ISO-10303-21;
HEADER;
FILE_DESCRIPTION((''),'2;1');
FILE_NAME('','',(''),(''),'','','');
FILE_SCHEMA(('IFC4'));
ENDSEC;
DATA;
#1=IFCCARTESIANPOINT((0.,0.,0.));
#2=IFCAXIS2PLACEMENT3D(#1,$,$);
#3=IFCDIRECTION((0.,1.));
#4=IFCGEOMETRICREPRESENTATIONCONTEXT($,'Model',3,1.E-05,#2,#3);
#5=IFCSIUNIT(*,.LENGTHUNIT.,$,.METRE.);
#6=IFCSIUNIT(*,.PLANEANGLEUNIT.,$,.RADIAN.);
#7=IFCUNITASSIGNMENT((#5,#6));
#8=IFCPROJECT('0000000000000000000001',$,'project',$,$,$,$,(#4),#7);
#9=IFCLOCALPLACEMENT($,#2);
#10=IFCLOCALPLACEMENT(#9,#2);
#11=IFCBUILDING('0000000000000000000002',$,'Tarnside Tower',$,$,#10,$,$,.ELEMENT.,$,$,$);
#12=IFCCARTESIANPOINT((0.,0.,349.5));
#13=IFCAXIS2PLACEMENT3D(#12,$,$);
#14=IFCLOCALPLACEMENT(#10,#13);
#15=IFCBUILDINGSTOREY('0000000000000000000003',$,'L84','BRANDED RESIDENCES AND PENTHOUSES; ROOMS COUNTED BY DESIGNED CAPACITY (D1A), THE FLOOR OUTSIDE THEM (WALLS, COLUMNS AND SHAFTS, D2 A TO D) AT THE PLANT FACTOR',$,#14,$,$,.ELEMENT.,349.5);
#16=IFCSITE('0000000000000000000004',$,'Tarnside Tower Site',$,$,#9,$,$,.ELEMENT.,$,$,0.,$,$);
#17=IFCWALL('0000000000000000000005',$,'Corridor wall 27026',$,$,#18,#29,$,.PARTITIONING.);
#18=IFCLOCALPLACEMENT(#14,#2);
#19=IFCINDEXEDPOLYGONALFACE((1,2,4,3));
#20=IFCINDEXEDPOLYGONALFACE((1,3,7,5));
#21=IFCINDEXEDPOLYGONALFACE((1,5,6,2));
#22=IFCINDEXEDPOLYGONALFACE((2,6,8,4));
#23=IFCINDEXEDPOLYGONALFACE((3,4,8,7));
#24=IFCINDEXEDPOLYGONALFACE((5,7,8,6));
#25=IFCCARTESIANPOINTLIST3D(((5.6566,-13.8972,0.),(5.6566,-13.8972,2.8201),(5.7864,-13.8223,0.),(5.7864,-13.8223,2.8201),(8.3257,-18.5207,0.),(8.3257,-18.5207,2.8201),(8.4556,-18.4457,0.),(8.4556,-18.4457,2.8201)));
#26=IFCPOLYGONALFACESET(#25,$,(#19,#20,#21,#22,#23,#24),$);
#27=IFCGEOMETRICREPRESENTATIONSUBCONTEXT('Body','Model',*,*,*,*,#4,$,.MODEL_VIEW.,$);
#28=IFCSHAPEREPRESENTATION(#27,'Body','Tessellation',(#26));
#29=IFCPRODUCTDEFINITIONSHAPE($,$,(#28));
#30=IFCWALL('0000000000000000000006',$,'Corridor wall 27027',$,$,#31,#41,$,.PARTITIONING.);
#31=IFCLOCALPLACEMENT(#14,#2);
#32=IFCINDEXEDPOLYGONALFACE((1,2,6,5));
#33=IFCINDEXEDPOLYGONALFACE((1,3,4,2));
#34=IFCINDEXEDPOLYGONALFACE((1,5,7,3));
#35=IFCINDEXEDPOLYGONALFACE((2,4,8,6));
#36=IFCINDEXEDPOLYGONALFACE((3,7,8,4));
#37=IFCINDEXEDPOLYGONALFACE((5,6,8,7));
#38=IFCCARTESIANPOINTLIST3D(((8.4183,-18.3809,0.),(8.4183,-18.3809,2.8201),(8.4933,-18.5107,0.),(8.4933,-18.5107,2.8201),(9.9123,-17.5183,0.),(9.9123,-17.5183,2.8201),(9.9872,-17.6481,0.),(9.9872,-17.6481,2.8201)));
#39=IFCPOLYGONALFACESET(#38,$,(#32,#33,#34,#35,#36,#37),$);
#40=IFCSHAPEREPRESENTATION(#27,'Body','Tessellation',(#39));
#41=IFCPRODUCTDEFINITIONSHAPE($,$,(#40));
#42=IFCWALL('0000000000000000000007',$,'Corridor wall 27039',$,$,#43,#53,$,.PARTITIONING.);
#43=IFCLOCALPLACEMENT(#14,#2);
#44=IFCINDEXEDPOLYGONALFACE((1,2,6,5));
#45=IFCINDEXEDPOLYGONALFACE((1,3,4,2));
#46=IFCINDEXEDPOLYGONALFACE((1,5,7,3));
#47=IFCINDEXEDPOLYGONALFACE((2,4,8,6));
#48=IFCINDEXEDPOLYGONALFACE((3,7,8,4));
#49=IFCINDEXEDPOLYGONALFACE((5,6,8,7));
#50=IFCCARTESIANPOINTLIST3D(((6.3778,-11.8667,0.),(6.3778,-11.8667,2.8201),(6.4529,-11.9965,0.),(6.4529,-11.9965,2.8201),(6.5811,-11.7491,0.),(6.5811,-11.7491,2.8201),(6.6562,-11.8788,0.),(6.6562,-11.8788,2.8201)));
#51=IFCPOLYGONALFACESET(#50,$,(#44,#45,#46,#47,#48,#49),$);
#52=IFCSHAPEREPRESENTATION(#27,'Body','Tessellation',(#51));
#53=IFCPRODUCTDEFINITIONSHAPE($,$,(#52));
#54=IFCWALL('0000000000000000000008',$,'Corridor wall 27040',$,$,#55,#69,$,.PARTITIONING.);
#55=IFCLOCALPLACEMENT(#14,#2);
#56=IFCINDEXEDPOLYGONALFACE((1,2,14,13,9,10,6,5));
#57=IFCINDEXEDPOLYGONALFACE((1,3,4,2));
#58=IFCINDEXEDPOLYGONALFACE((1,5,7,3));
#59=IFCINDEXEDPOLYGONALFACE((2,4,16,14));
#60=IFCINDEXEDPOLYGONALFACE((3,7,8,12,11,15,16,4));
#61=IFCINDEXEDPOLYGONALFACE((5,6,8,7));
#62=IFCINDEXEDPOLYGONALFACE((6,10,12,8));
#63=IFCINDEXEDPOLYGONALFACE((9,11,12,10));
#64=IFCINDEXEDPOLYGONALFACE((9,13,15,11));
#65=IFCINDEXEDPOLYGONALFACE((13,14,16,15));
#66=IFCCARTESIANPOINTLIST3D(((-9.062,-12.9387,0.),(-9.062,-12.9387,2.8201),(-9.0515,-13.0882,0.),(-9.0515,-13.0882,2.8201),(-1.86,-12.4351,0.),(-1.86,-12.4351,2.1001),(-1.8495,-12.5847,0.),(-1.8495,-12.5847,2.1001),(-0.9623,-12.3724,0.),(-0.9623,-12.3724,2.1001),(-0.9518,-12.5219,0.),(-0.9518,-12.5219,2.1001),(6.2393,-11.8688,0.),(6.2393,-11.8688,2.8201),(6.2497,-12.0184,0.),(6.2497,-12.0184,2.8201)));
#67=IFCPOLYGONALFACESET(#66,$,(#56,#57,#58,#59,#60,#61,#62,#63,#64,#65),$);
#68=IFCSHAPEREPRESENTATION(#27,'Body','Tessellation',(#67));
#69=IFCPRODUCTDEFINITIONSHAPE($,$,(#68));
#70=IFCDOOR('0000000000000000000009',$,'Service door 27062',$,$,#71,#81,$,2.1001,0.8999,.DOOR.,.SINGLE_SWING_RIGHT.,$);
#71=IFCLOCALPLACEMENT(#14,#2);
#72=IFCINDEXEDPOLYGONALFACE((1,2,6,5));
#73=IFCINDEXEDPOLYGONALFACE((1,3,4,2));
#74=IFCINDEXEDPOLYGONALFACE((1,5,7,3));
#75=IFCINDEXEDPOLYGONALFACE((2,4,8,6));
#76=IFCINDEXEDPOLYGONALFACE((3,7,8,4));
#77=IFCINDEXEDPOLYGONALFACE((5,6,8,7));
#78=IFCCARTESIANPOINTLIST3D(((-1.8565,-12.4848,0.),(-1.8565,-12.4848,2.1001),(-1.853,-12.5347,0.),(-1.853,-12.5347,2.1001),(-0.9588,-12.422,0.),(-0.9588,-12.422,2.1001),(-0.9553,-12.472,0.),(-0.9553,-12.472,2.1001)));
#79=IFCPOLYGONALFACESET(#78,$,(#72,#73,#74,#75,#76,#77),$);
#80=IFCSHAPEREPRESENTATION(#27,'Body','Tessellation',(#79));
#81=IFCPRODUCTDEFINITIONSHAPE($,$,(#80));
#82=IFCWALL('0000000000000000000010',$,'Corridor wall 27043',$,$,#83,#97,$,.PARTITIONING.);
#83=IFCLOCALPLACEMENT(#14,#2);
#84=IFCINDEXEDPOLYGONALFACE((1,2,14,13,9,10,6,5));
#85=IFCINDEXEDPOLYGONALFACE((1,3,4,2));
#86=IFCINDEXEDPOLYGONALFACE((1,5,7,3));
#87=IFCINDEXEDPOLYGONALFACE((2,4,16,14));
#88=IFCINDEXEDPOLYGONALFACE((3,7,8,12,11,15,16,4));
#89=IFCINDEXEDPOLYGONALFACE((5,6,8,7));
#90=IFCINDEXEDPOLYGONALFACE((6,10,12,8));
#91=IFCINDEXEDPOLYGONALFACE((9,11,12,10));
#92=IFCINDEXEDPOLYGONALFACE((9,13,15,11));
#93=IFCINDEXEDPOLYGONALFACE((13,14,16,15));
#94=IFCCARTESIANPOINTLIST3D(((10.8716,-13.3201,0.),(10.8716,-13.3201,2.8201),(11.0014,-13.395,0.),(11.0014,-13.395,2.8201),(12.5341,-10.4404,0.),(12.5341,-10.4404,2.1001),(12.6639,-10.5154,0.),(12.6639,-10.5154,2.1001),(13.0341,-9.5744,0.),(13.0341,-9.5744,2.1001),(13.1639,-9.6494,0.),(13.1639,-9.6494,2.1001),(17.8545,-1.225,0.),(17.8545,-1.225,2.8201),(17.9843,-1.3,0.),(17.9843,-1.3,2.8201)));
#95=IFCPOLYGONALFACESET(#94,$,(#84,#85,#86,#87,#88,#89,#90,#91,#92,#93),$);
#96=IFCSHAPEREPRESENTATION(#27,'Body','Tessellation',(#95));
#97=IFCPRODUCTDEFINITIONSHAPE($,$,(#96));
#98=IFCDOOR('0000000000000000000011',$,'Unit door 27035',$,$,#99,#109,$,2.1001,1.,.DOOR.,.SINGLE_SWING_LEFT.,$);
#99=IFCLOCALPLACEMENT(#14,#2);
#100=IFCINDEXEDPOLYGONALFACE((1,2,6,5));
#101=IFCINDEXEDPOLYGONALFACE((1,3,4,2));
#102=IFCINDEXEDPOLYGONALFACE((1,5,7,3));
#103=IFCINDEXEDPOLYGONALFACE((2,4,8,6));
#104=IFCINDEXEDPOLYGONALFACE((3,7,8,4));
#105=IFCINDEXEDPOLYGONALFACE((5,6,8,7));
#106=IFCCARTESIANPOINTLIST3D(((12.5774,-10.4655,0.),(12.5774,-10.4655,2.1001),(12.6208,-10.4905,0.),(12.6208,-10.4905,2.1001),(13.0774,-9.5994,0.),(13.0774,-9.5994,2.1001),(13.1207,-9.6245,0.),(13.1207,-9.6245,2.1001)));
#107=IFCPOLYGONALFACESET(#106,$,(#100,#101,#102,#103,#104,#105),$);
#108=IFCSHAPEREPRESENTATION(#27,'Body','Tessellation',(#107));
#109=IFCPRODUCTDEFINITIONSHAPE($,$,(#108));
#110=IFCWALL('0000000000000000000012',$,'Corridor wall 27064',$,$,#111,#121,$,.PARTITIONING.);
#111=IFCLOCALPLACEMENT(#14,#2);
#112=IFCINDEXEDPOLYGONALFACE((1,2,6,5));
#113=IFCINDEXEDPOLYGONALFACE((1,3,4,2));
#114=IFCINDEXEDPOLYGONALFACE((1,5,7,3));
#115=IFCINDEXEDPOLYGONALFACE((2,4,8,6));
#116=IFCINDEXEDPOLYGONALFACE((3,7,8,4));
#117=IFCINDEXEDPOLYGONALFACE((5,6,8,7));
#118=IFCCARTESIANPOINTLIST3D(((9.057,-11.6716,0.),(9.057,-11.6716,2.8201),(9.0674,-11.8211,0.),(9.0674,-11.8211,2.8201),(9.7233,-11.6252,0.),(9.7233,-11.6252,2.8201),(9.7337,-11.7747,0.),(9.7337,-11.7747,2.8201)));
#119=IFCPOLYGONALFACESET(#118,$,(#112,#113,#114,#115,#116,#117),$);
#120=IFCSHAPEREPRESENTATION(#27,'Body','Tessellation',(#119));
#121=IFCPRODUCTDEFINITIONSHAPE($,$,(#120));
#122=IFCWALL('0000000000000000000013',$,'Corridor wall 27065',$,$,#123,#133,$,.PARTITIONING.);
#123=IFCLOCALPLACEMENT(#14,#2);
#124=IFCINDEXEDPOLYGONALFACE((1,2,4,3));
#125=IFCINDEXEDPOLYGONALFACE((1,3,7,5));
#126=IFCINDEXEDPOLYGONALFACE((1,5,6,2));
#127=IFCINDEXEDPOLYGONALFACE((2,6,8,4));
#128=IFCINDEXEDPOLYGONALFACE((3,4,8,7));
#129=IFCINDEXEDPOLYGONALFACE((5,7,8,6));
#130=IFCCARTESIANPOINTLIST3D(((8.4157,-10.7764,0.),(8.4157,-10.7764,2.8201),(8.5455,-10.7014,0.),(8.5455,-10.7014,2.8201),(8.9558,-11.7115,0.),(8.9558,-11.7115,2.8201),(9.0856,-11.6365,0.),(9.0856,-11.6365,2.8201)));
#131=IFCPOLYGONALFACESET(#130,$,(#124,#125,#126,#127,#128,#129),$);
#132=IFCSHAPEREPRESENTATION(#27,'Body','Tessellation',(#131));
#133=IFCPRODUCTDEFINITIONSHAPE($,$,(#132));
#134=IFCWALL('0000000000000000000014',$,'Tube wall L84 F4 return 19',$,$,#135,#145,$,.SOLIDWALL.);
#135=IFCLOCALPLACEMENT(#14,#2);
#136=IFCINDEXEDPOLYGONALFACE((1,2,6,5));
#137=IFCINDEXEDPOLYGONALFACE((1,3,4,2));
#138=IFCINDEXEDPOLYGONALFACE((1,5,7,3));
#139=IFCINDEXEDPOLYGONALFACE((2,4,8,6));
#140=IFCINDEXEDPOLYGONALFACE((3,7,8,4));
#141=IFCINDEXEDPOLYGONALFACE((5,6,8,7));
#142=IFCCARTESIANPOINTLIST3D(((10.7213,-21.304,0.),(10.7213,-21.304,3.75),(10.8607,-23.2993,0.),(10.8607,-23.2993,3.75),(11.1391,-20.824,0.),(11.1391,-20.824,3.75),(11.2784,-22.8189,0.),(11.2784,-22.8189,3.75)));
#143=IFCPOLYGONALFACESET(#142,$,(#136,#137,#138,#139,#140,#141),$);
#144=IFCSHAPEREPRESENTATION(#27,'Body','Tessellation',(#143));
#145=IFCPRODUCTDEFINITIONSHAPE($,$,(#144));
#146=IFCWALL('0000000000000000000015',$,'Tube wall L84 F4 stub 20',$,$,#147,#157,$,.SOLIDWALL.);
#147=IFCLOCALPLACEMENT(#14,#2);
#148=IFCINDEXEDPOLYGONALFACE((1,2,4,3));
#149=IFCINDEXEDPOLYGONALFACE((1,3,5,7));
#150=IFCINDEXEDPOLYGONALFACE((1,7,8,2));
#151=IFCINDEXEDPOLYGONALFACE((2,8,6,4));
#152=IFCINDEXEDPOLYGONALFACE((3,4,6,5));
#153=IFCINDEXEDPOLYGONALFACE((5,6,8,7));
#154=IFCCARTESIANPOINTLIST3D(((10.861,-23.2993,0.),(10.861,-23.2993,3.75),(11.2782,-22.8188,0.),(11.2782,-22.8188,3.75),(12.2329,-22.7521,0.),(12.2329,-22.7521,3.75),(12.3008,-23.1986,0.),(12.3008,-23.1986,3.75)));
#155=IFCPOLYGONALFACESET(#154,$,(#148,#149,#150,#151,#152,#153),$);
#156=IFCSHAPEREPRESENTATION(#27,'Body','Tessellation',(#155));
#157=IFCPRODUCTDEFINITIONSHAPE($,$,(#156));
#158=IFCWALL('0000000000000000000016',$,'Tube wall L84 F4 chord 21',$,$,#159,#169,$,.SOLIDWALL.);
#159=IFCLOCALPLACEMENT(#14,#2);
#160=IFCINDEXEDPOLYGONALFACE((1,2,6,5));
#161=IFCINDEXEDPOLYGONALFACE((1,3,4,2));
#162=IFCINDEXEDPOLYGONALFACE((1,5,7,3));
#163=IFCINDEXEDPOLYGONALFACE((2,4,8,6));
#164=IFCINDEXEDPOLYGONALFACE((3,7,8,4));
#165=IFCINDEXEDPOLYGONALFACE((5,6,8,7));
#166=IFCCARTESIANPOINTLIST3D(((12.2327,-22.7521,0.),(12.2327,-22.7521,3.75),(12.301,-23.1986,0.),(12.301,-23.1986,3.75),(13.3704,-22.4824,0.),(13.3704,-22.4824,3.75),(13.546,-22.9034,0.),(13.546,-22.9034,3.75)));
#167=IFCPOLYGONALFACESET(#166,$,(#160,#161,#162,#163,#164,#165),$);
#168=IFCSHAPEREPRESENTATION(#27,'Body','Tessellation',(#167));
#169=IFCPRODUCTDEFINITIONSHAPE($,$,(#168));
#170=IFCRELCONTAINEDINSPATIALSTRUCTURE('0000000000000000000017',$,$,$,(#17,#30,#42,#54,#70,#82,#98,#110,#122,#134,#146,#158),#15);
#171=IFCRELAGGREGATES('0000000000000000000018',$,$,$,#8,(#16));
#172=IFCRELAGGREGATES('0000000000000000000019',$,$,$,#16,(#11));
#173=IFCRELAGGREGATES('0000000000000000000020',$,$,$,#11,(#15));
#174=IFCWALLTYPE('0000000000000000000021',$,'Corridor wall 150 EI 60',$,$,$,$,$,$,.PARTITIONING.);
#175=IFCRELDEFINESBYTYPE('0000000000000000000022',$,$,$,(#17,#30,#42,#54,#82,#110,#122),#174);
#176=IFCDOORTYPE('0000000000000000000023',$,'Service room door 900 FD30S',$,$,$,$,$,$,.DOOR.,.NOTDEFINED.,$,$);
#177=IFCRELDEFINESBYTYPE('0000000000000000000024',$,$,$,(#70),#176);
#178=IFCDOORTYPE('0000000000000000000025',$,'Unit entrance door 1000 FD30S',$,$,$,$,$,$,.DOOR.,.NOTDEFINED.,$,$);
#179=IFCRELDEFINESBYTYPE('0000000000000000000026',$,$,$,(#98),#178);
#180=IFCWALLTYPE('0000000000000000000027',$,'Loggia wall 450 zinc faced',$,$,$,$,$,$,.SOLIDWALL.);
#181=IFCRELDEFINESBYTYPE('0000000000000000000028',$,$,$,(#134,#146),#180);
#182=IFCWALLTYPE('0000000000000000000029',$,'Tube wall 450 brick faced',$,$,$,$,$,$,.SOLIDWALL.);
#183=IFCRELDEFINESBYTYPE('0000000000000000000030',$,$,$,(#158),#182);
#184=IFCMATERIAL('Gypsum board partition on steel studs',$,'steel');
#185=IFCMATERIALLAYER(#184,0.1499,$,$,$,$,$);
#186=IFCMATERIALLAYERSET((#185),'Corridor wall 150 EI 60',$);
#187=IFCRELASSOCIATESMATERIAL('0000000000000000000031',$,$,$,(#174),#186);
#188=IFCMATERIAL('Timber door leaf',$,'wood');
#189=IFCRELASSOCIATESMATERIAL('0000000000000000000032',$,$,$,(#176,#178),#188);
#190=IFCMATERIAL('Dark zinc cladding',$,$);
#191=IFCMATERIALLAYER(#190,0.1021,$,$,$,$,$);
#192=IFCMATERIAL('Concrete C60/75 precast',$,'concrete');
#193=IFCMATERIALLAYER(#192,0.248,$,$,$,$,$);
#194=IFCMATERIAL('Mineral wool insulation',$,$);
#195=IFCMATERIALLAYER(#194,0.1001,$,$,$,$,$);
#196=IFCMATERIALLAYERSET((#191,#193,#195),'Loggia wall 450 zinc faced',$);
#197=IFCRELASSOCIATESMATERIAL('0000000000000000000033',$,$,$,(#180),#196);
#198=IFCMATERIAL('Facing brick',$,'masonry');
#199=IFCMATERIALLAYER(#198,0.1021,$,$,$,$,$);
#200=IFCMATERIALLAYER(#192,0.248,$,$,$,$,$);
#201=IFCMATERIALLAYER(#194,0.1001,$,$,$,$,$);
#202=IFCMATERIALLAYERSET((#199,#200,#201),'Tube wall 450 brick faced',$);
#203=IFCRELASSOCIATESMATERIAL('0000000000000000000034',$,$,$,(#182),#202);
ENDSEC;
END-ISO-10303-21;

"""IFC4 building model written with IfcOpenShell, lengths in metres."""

from ifc_helpers import new_model, si_unit, direction, frame, frame_2d, origin, place, context, subcontext, project, spatial, polyline, rectangle, outline, extrude, material, layer, layer_set, type_object, element, fill, save


model = new_model("IFC4")

# Units and contexts
model_context = context("Model", 3, precision=1e-05, world=origin(), true_north=direction((0.0, 1.0)))
body_context = subcontext(model_context, "Body", "Model", "MODEL_VIEW")
ifc_project = project(units=[si_unit("LENGTHUNIT", "METRE"), si_unit("PLANEANGLEUNIT", "RADIAN")], contexts=[model_context])

# Site, building, storey
site_placement = place(None, origin())
site = spatial("IfcSite", under=ifc_project, at=site_placement, Name="Tarnside Tower Site", CompositionType="ELEMENT", RefElevation=0.0)
building_placement = place(site_placement, origin())
building = spatial("IfcBuilding", under=site, at=building_placement, Name="Tarnside Tower", CompositionType="ELEMENT")
storey_placement = place(building_placement, frame((0.0, 0.0, 349.5)))
storey = spatial("IfcBuildingStorey", under=building, at=storey_placement, Name="L84", Description="BRANDED RESIDENCES AND PENTHOUSES; ROOMS COUNTED BY DESIGNED CAPACITY (D1A), THE FLOOR OUTSIDE THEM (WALLS, COLUMNS AND SHAFTS, D2 A TO D) AT THE PLANT FACTOR", CompositionType="ELEMENT", Elevation=349.5)

# Walls
ifc_material_1 = material(Name="Gypsum board partition on steel studs", Category="steel")
ifc_layer_1 = layer(ifc_material_1, 0.1499)
ifc_layer_set_1 = layer_set([ifc_layer_1], Name="Corridor wall 150 EI 60")
wall_type_1 = type_object("IfcWallType", Name="Corridor wall 150 EI 60", PredefinedType="PARTITIONING", material=ifc_layer_set_1)
wall_1_placement = place(storey_placement, frame((5.7214, -13.8596, 0.0), z_axis=(0.0, 0.0, 1.0), x_axis=(0.499971, -0.866042, 0.0)))
element("IfcWall", 1, at=wall_1_placement, inside=storey, type_object=wall_type_1, Name="Corridor wall 27026", PredefinedType="PARTITIONING", context=body_context, shape_type="SweptSolid", body=[
    extrude(rectangle(XDim=5.3386, YDim=0.1499, at=frame_2d((2.6694, 0.0))), origin(), (0.0, 0.0, 1.0), 2.8201),
])
wall_2_placement = place(storey_placement, frame((8.4558, -18.4458, 0.0), z_axis=(0.0, 0.0, 1.0), x_axis=(0.866014, 0.500021, 0.0)))
element("IfcWall", 2, at=wall_2_placement, inside=storey, type_object=wall_type_1, Name="Corridor wall 27027", PredefinedType="PARTITIONING", context=body_context, shape_type="SweptSolid", body=[
    extrude(rectangle(XDim=1.7251, YDim=0.1499, at=frame_2d((0.8625, 0.0))), origin(), (0.0, 0.0, 1.0), 2.8201),
])
wall_3_placement = place(storey_placement, frame((6.6187, -11.814, 0.0), z_axis=(0.0, 0.0, 1.0), x_axis=(-0.865545, -0.500831, 0.0)))
element("IfcWall", 3, at=wall_3_placement, inside=storey, type_object=wall_type_1, Name="Corridor wall 27039", PredefinedType="PARTITIONING", context=body_context, shape_type="SweptSolid", body=[
    extrude(rectangle(XDim=0.2349, YDim=0.1499, at=frame_2d((0.1174, 0.0))), origin(), (0.0, 0.0, 1.0), 2.8201),
])

# Walls, openings, doors
wall_4_placement = place(storey_placement, frame((6.2446, -11.9436, 0.0), z_axis=(0.0, 0.0, 1.0), x_axis=(-0.997565, -0.069747, 0.0)))
wall_4 = element("IfcWall", 4, at=wall_4_placement, inside=storey, type_object=wall_type_1, Name="Corridor wall 27040", PredefinedType="PARTITIONING", context=body_context, shape_type="SweptSolid", body=[
    extrude(rectangle(XDim=15.3386, YDim=0.1499, at=frame_2d((7.6694, 0.0))), origin(), (0.0, 0.0, 1.0), 2.8201),
])
opening_1_placement = place(wall_4_placement, frame((7.2192, 0.0, 0.0)))
opening_1 = element("IfcOpeningElement", 5, at=opening_1_placement, cuts=wall_4, PredefinedType="OPENING", context=body_context, shape_type="SweptSolid", body=[
    extrude(rectangle(XDim=0.8999, YDim=2.1001, at=frame_2d((0.45, 1.05))), frame((0.0, 0.085, 0.0), z_axis=(0.0, -1.0, 0.0), x_axis=(1.0, 0.0, 0.0)), (0.0, 0.0, 1.0), 0.1699),
])
ifc_material_2 = material(Name="Timber door leaf", Category="wood")
door_type_1 = type_object("IfcDoorType", Name="Service room door 900 FD30S", OperationType="NOTDEFINED", PredefinedType="DOOR", material=ifc_material_2)
door_1_placement = place(opening_1_placement, origin())
door_1 = element("IfcDoor", 6, at=door_1_placement, inside=storey, type_object=door_type_1, Name="Service door 27062", OperationType="SINGLE_SWING_RIGHT", OverallHeight=2.1001, OverallWidth=0.8999, PredefinedType="DOOR", context=body_context, shape_type="SweptSolid", body=[
    extrude(rectangle(XDim=0.8999, YDim=2.1001, at=frame_2d((0.45, 1.05))), frame((0.0, 0.0249, 0.0), z_axis=(0.0, -1.0, 0.0), x_axis=(1.0, 0.0, 0.0)), (0.0, 0.0, 1.0), 0.05),
])
fill(opening_1, door_1)
wall_5_placement = place(storey_placement, frame((10.9365, -13.3574, 0.0), z_axis=(0.0, 0.0, 1.0), x_axis=(0.499993, 0.866029, 0.0)))
wall_5 = element("IfcWall", 7, at=wall_5_placement, inside=storey, type_object=wall_type_1, Name="Corridor wall 27043", PredefinedType="PARTITIONING", context=body_context, shape_type="SweptSolid", body=[
    extrude(rectangle(XDim=13.9661, YDim=0.1499, at=frame_2d((6.9829, 0.0))), origin(), (0.0, 0.0, 1.0), 2.8201),
])
opening_2_placement = place(wall_5_placement, frame((3.325, 0.0, 0.0)))
opening_2 = element("IfcOpeningElement", 8, at=opening_2_placement, cuts=wall_5, PredefinedType="OPENING", context=body_context, shape_type="SweptSolid", body=[
    extrude(rectangle(XDim=1.0, YDim=2.1001, at=frame_2d((0.5, 1.05))), frame((0.0, 0.085, 0.0), z_axis=(0.0, -1.0, 0.0), x_axis=(1.0, 0.0, 0.0)), (0.0, 0.0, 1.0), 0.1699),
])
door_type_2 = type_object("IfcDoorType", Name="Unit entrance door 1000 FD30S", OperationType="NOTDEFINED", PredefinedType="DOOR", material=ifc_material_2)
door_2_placement = place(opening_2_placement, origin())
door_2 = element("IfcDoor", 9, at=door_2_placement, inside=storey, type_object=door_type_2, Name="Unit door 27035", OperationType="SINGLE_SWING_LEFT", OverallHeight=2.1001, OverallWidth=1.0, PredefinedType="DOOR", context=body_context, shape_type="SweptSolid", body=[
    extrude(rectangle(XDim=1.0, YDim=2.1001, at=frame_2d((0.5, 1.05))), frame((0.0, 0.0249, 0.0), z_axis=(0.0, -1.0, 0.0), x_axis=(1.0, 0.0, 0.0)), (0.0, 0.0, 1.0), 0.05),
])
fill(opening_2, door_2)

# Walls
wall_6_placement = place(storey_placement, frame((9.7285, -11.7, 0.0), z_axis=(0.0, 0.0, 1.0), x_axis=(-0.997585, -0.069454, 0.0)))
element("IfcWall", 10, at=wall_6_placement, inside=storey, type_object=wall_type_1, Name="Corridor wall 27064", PredefinedType="PARTITIONING", context=body_context, shape_type="SweptSolid", body=[
    extrude(rectangle(XDim=0.668, YDim=0.1499, at=frame_2d((0.334, 0.0))), origin(), (0.0, 0.0, 1.0), 2.8201),
])
wall_7_placement = place(storey_placement, frame((9.0208, -11.6741, 0.0), z_axis=(0.0, 0.0, 1.0), x_axis=(-0.500127, 0.865952, 0.0)))
element("IfcWall", 11, at=wall_7_placement, inside=storey, type_object=wall_type_1, Name="Corridor wall 27065", PredefinedType="PARTITIONING", context=body_context, shape_type="SweptSolid", body=[
    extrude(rectangle(XDim=1.0798, YDim=0.1499, at=frame_2d((0.54, 0.0))), origin(), (0.0, 0.0, 1.0), 2.8201),
])
ifc_material_3 = material(Name="Dark zinc cladding")
ifc_layer_2 = layer(ifc_material_3, 0.1021)
ifc_material_4 = material(Name="Concrete C60/75 precast", Category="concrete")
ifc_layer_3 = layer(ifc_material_4, 0.248)
ifc_material_5 = material(Name="Mineral wool insulation")
ifc_layer_4 = layer(ifc_material_5, 0.1001)
ifc_layer_set_2 = layer_set([ifc_layer_2, ifc_layer_3, ifc_layer_4], Name="Loggia wall 450 zinc faced")
wall_type_2 = type_object("IfcWallType", Name="Loggia wall 450 zinc faced", PredefinedType="SOLIDWALL", material=ifc_layer_set_2)
wall_8_placement = place(storey_placement, frame((10.9302, -21.064, 0.0), z_axis=(0.0, 0.0, 1.0), x_axis=(0.069703, -0.997568, 0.0)))
element("IfcWall", 12, at=wall_8_placement, inside=storey, type_object=wall_type_2, Name="Tube wall L84 F4 return 19", PredefinedType="SOLIDWALL", context=body_context, shape_type="SweptSolid", body=[
    extrude(outline(polyline([(0.2249, -0.2251), (2.2251, -0.2251), (1.7749, 0.2251), (-0.2249, 0.2251), (0.2249, -0.2251)])), origin(), (0.0, 0.0, 1.0), 3.75),
])
wall_9_placement = place(storey_placement, frame((11.0696, -23.0591, 0.0), z_axis=(0.0, 0.0, 1.0), x_axis=(0.997563, 0.069772, 0.0)))
element("IfcWall", 13, at=wall_9_placement, inside=storey, type_object=wall_type_2, Name="Tube wall L84 F4 stub 20", PredefinedType="SOLIDWALL", context=body_context, shape_type="SweptSolid", body=[
    extrude(outline(polyline([(-0.2249, -0.2251), (1.2185, -0.2251), (1.1819, 0.2251), (0.2249, 0.2251), (-0.2249, -0.2251)])), origin(), (0.0, 0.0, 1.0), 3.75),
])
ifc_material_6 = material(Name="Facing brick", Category="masonry")
ifc_layer_5 = layer(ifc_material_6, 0.1021)
ifc_layer_6 = layer(ifc_material_4, 0.248)
ifc_layer_7 = layer(ifc_material_5, 0.1001)
ifc_layer_set_3 = layer_set([ifc_layer_5, ifc_layer_6, ifc_layer_7], Name="Tube wall 450 brick faced")
wall_type_3 = type_object("IfcWallType", Name="Tube wall 450 brick faced", PredefinedType="SOLIDWALL", material=ifc_layer_set_3)
wall_10_placement = place(storey_placement, frame((12.2668, -22.9753, 0.0), z_axis=(0.0, 0.0, 1.0), x_axis=(0.973026, 0.230695, 0.0)))
element("IfcWall", 14, at=wall_10_placement, inside=storey, type_object=wall_type_3, Name="Tube wall L84 F4 chord 21", PredefinedType="SOLIDWALL", context=body_context, shape_type="SweptSolid", body=[
    extrude(outline(polyline([(-0.0183, -0.2251), (1.2612, -0.2251), (1.1875, 0.2251), (0.0183, 0.2251), (-0.0183, -0.2251)])), origin(), (0.0, 0.0, 1.0), 3.75),
])

save(model, "model.ifc")
